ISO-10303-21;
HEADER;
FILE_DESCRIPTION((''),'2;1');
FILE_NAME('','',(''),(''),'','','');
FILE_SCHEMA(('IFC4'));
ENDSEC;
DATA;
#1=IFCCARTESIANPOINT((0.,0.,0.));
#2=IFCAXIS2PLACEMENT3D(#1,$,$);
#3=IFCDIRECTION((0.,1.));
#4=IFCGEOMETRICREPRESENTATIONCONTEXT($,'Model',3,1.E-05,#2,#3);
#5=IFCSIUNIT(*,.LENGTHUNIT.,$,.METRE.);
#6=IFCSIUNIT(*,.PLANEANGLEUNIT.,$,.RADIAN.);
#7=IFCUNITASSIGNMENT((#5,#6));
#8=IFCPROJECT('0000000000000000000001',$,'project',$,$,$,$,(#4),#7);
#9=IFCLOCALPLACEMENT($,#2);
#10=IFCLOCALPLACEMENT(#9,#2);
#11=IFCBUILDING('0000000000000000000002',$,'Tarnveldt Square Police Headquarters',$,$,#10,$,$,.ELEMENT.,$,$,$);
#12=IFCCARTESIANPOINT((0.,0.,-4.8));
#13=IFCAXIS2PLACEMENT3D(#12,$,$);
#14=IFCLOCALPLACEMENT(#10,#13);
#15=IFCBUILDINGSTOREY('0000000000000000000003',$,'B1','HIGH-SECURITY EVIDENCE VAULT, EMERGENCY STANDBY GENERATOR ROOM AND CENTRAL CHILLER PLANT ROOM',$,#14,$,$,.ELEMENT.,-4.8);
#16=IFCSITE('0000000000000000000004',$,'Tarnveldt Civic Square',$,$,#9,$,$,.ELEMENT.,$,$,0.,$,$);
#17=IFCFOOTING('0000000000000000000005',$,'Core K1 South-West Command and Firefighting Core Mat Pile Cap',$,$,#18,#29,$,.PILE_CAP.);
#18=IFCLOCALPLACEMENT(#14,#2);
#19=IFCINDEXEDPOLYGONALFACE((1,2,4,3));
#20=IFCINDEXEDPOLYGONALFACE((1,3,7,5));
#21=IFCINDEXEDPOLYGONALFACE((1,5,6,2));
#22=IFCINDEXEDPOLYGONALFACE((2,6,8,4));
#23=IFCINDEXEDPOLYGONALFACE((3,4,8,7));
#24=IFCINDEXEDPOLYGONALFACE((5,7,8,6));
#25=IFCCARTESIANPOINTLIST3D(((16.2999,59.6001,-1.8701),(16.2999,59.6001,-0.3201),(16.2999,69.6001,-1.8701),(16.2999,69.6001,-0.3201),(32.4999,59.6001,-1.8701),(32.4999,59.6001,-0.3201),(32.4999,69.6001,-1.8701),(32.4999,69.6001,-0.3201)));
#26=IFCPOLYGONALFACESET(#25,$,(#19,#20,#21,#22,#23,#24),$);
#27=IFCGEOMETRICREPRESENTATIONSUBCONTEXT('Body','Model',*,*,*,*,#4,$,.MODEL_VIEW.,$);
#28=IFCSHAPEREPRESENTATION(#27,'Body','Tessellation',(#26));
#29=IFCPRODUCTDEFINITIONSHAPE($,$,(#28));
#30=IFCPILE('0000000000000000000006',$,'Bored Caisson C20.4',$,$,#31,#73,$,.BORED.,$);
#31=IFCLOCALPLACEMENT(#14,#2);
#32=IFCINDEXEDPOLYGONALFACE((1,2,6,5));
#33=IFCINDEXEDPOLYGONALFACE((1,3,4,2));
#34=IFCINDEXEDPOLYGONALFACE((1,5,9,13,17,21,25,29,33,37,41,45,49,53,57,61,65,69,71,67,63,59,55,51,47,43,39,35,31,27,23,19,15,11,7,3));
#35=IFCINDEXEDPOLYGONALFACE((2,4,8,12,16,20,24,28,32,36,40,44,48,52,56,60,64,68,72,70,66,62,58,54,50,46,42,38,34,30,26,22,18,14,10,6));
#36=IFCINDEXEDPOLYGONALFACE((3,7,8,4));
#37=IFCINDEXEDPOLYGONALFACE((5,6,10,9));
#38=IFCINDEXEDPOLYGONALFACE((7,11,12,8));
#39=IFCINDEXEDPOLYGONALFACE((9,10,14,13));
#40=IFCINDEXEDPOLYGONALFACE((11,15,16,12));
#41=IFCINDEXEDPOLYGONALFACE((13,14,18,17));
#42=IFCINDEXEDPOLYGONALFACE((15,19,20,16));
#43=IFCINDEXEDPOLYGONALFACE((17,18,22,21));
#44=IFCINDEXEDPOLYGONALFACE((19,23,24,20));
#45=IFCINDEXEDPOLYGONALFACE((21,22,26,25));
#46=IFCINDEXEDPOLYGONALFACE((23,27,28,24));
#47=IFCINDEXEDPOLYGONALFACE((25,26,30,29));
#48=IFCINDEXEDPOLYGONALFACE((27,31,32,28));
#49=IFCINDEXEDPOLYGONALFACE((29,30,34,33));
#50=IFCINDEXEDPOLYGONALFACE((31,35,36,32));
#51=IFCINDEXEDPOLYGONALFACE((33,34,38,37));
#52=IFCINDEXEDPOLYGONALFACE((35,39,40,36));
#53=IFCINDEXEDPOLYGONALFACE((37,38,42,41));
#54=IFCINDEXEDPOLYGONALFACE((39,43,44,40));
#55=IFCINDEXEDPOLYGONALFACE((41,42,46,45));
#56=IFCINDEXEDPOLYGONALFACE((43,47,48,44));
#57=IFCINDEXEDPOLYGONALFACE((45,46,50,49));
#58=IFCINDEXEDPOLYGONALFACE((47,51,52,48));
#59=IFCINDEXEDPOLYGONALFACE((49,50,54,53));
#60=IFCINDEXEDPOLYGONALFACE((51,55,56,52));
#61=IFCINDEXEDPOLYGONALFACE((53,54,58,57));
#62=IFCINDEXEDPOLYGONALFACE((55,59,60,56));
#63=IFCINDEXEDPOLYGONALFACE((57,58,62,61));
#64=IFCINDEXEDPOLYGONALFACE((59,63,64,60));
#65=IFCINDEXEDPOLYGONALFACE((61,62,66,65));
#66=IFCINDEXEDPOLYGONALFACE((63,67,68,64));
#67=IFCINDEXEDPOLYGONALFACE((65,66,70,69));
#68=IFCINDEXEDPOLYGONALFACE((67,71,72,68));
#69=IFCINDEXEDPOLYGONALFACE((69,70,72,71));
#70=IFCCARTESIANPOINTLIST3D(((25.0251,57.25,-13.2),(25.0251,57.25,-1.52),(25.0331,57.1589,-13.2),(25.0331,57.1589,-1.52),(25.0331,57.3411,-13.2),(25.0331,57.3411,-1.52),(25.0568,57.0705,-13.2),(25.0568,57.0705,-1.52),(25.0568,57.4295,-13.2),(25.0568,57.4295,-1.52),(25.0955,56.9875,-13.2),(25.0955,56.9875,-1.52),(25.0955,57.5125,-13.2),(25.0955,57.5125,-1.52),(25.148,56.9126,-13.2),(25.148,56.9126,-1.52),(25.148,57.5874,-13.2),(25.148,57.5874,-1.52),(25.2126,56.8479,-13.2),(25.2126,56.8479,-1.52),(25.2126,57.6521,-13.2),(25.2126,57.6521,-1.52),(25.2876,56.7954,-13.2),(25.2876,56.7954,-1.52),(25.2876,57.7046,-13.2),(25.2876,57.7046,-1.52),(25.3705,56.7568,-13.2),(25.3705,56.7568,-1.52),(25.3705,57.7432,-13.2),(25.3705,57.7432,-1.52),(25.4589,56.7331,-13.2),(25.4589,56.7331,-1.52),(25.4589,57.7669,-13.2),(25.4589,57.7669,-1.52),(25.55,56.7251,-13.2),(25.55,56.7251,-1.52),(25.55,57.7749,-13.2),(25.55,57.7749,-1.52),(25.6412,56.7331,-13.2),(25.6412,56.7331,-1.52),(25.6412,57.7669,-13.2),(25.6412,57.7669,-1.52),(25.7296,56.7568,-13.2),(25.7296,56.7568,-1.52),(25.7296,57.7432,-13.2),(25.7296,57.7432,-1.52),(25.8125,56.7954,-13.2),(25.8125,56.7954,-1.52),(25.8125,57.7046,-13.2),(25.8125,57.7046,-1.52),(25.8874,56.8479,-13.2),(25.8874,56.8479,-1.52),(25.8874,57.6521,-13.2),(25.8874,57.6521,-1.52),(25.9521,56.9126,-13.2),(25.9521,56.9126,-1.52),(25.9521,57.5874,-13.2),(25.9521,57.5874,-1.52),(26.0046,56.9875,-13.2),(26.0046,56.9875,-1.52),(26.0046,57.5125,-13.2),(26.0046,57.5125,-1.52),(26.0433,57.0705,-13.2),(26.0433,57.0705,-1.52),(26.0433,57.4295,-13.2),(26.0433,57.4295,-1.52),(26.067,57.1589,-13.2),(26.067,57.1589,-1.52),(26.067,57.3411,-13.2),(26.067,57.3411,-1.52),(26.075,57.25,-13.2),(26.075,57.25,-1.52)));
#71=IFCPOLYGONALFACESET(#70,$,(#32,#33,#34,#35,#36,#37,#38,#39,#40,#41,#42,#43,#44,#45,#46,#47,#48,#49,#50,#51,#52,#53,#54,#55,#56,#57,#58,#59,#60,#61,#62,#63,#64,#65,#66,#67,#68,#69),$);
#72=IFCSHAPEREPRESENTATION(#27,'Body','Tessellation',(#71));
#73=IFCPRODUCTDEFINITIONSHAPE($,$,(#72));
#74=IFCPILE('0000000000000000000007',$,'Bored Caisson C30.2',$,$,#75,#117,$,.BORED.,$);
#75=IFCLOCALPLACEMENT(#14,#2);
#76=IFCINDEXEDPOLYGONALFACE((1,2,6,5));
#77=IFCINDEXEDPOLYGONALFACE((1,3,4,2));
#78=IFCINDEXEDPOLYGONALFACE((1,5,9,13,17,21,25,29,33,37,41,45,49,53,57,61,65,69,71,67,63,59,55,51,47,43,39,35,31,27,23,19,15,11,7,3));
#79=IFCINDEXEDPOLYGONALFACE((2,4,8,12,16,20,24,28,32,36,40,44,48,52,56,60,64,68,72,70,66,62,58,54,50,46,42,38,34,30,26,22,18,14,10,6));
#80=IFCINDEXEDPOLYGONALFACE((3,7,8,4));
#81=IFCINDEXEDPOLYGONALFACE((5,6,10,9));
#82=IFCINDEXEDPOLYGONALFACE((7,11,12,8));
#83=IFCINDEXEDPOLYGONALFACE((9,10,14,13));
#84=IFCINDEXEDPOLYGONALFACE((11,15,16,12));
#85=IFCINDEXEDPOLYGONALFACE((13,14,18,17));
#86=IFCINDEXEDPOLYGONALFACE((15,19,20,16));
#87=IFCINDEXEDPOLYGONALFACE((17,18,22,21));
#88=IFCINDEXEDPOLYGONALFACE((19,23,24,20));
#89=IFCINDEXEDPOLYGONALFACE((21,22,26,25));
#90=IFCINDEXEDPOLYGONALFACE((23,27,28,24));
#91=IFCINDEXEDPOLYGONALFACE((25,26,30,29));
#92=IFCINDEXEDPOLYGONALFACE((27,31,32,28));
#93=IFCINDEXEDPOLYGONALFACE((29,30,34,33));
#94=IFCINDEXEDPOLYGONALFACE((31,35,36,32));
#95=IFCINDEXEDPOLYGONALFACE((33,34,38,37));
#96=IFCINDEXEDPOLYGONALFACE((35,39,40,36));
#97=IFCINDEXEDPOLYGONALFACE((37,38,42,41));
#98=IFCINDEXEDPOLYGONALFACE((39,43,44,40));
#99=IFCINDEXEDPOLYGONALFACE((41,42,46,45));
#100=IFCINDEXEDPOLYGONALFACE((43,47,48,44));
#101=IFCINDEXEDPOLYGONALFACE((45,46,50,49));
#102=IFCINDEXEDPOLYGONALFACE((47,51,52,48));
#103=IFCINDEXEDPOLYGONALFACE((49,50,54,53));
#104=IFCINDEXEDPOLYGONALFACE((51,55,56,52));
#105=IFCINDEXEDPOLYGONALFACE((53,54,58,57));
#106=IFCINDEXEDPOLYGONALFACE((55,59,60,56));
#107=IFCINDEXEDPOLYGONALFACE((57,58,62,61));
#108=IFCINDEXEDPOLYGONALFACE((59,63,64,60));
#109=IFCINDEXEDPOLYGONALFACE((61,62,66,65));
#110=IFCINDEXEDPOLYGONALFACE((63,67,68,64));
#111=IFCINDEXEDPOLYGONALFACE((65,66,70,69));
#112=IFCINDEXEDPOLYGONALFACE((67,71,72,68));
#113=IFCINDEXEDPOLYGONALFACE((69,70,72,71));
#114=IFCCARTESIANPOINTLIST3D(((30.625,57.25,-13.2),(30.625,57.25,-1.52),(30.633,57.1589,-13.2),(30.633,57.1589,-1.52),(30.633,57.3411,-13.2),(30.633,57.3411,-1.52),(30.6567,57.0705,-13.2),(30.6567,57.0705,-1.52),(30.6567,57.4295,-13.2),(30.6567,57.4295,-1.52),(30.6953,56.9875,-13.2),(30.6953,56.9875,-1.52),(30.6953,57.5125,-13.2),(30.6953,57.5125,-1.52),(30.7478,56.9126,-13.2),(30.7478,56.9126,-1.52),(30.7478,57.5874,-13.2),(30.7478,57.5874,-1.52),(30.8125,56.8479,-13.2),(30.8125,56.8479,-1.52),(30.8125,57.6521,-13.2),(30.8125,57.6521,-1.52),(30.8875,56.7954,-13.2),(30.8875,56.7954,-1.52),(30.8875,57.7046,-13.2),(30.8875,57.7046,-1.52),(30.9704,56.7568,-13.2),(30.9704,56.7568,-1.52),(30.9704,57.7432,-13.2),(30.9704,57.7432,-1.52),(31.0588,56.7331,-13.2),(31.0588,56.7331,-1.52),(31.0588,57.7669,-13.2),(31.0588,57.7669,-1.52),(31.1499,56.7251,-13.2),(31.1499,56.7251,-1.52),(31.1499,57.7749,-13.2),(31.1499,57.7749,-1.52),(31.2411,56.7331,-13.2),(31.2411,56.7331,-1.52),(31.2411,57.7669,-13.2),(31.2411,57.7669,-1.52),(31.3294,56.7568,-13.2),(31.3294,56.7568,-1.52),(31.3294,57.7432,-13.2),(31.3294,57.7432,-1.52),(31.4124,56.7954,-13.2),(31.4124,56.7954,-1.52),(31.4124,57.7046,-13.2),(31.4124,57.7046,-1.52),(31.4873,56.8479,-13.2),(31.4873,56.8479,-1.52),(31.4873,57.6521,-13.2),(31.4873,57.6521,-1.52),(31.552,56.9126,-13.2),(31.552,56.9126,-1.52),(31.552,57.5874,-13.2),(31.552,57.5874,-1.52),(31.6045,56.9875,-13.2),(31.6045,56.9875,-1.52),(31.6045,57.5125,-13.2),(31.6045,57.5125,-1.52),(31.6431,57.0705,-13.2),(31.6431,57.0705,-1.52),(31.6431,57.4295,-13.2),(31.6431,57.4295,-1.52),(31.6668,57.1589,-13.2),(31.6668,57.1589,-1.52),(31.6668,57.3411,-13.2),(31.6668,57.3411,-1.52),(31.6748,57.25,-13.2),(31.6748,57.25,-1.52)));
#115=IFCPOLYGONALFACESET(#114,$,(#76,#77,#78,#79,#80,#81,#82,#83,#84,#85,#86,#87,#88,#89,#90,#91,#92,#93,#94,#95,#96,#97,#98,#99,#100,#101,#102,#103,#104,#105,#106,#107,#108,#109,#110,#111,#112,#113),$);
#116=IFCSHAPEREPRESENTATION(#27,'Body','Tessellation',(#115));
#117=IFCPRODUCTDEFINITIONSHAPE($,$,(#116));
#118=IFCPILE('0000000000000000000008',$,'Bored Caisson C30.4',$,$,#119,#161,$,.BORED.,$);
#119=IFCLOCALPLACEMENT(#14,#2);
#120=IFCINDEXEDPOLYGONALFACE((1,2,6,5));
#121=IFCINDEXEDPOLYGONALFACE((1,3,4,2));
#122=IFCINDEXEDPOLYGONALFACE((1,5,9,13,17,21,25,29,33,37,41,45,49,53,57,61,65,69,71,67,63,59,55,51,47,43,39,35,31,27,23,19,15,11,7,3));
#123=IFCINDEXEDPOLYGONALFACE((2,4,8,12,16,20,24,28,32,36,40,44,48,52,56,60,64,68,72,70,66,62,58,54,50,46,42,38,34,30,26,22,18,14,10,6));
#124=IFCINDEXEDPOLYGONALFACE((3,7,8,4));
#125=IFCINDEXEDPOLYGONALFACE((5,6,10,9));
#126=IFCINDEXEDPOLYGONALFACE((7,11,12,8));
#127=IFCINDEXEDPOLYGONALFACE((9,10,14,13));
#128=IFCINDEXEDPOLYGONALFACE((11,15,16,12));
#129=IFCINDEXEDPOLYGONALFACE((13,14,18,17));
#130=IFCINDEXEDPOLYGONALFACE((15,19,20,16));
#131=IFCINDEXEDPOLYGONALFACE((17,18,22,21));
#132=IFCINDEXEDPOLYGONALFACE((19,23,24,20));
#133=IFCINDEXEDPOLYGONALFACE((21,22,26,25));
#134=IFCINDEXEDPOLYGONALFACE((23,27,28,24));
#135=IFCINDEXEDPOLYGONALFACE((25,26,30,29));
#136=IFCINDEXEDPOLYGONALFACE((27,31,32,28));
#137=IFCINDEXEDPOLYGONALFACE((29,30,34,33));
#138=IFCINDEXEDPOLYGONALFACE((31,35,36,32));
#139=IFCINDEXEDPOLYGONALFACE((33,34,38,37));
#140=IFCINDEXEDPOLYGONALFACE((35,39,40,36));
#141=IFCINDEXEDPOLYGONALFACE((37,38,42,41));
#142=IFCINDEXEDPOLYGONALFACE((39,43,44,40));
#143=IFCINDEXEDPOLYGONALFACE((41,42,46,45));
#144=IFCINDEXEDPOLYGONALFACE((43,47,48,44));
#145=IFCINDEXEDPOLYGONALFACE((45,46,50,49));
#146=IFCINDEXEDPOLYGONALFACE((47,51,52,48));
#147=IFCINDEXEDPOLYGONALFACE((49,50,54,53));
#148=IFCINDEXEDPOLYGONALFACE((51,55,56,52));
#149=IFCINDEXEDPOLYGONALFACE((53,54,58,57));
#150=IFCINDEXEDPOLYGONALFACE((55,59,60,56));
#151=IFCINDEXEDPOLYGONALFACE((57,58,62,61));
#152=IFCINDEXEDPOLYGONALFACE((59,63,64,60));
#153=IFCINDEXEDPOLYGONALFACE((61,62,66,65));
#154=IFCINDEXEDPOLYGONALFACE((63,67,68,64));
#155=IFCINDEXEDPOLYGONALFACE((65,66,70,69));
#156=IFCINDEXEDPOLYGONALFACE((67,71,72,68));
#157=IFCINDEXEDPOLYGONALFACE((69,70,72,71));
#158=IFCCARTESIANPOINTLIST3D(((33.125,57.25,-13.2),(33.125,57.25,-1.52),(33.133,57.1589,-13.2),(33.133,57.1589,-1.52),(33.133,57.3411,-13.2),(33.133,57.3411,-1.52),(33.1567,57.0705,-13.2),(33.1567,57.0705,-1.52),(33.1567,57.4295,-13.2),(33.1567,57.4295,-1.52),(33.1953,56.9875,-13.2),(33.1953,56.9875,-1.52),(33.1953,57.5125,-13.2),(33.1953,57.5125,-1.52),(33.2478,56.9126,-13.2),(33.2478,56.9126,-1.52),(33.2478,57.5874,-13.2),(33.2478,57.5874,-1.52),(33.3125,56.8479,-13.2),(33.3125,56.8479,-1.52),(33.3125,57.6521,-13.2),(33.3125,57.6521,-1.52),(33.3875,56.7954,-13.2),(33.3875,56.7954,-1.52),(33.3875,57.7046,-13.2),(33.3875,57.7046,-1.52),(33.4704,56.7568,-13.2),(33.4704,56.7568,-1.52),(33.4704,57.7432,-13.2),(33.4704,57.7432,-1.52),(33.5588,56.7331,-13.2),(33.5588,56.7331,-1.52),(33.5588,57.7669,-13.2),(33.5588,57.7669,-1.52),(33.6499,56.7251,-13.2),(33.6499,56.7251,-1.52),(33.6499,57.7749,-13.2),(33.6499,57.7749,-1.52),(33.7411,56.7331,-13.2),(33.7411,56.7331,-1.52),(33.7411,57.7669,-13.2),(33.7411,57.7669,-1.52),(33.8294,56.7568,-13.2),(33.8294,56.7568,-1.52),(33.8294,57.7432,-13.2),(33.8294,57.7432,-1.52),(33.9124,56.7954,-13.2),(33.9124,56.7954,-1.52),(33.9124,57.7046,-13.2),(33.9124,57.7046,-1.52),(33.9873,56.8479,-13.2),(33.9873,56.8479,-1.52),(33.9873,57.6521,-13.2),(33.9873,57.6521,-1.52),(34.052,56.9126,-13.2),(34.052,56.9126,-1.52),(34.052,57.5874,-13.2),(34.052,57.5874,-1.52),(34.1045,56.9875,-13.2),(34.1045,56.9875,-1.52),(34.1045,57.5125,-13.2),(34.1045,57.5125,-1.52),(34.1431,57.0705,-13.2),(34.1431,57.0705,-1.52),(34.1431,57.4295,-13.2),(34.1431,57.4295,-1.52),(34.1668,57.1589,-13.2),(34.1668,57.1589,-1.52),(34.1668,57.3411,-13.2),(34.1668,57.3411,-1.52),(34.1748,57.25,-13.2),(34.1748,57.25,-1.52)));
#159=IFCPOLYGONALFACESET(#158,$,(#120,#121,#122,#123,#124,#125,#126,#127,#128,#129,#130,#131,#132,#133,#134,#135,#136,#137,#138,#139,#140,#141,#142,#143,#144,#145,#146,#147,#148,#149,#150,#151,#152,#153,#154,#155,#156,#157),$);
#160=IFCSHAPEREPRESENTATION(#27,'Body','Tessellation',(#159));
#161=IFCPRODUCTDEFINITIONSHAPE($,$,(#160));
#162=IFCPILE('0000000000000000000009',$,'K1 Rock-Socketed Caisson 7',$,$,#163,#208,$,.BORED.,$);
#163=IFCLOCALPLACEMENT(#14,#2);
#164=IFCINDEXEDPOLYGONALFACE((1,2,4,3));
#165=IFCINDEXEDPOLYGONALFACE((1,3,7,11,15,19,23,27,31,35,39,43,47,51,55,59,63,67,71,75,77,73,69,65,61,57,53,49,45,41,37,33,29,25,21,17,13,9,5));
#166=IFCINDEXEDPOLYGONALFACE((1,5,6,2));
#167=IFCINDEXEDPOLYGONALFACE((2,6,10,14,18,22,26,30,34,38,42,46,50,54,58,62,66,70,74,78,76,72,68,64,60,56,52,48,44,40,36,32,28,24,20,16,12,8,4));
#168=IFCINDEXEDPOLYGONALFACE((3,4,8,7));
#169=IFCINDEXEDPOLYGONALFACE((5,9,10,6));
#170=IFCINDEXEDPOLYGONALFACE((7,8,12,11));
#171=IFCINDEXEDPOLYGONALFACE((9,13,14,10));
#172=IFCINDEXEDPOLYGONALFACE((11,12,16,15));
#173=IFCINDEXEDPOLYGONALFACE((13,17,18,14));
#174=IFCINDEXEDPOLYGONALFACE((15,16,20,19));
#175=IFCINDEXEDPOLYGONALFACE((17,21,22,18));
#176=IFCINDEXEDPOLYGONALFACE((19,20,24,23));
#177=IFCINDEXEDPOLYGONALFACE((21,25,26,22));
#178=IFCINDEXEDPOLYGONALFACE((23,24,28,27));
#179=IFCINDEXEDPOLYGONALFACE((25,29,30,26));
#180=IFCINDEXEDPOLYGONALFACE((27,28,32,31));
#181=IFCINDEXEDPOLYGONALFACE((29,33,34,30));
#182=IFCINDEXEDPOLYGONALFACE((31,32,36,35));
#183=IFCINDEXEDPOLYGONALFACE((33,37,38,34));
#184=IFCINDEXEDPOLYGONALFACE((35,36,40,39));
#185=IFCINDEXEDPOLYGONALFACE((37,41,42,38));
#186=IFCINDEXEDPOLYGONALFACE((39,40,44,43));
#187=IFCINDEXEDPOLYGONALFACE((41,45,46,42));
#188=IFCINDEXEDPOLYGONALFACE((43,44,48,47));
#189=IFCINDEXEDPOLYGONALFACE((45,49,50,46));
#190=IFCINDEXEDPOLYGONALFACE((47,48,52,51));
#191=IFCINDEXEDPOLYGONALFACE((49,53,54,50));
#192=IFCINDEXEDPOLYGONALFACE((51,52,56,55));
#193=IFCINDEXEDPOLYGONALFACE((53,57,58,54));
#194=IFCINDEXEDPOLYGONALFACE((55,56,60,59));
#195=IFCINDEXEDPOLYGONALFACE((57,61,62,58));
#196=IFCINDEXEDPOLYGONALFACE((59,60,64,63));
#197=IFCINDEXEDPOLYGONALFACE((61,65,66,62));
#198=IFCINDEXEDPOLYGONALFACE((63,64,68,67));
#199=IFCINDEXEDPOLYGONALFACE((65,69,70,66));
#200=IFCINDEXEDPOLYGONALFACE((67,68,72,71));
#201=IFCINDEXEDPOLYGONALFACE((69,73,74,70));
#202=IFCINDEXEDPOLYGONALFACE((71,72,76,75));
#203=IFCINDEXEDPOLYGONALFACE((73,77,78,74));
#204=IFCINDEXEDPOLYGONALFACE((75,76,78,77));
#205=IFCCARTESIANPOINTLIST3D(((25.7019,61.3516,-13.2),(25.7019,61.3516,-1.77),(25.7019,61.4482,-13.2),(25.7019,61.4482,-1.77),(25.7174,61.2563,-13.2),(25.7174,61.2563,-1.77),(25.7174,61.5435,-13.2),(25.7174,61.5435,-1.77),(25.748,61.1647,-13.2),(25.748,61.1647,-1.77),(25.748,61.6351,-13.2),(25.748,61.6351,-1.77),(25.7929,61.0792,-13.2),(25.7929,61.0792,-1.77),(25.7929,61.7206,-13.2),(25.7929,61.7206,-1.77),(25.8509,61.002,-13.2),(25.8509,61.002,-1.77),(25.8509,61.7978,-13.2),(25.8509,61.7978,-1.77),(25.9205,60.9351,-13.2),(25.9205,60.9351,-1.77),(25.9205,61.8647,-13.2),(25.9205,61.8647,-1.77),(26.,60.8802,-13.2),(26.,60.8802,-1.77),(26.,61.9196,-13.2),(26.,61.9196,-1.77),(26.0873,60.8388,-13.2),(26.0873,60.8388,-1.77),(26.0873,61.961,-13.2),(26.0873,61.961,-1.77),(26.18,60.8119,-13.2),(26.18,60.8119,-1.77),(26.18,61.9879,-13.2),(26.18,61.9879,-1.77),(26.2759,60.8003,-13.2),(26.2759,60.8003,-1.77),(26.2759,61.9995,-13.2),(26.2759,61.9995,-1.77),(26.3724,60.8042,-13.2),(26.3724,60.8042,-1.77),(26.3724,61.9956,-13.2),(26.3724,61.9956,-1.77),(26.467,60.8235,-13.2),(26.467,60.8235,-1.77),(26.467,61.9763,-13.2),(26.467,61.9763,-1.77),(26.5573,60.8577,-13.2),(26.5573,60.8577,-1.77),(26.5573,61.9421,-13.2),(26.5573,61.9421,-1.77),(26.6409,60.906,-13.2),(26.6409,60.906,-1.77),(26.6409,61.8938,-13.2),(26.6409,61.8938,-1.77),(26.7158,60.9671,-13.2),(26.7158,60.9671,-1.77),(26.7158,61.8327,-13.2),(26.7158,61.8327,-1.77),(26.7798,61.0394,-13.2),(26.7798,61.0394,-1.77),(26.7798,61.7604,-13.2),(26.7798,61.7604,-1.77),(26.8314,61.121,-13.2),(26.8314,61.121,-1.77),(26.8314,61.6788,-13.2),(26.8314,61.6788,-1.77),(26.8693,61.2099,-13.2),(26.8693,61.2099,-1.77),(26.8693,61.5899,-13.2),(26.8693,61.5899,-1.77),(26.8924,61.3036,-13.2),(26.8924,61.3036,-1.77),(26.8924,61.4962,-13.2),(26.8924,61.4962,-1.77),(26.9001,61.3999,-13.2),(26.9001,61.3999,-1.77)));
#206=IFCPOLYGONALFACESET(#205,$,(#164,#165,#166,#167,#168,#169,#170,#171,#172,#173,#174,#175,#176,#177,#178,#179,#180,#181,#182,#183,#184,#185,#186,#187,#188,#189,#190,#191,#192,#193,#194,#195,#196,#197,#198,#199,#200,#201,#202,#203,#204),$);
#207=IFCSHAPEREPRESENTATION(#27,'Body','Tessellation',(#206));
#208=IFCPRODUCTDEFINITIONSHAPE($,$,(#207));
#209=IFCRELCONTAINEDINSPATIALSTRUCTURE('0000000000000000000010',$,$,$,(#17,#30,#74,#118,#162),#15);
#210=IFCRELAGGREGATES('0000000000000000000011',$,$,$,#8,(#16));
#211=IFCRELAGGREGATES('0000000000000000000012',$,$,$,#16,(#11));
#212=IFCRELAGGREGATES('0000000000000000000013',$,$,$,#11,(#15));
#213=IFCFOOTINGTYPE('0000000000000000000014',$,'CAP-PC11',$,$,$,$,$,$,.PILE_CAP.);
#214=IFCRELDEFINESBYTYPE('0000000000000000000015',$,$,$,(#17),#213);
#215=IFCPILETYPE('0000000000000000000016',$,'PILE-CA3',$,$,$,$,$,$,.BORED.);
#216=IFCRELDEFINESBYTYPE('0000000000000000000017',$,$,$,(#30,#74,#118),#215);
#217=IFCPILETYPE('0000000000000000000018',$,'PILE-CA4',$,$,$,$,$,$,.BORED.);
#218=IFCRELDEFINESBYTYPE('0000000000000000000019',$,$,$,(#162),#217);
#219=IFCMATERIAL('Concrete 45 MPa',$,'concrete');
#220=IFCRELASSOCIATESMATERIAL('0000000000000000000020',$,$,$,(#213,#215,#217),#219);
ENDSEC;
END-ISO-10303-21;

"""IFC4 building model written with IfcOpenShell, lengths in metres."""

from ifc_helpers import new_model, si_unit, direction, frame, origin, origin_2d, place, context, subcontext, project, spatial, rectangle, circle, extrude, material, material_profile, profile_set, type_object, element, save


model = new_model("IFC4")

# Units and contexts
model_context = context("Model", 3, precision=1e-05, world=origin(), true_north=direction((0.0, 1.0)))
body_context = subcontext(model_context, "Body", "Model", "MODEL_VIEW")
ifc_project = project(units=[si_unit("LENGTHUNIT", "METRE"), si_unit("PLANEANGLEUNIT", "RADIAN")], contexts=[model_context])

# Site, building, storey
site_placement = place(None, origin())
site = spatial("IfcSite", under=ifc_project, at=site_placement, Name="Tarnveldt Civic Square", CompositionType="ELEMENT", RefElevation=0.0)
building_placement = place(site_placement, origin())
building = spatial("IfcBuilding", under=site, at=building_placement, Name="Tarnveldt Square Police Headquarters", CompositionType="ELEMENT")
storey_placement = place(building_placement, frame((0.0, 0.0, -4.8)))
storey = spatial("IfcBuildingStorey", under=building, at=storey_placement, Name="B1", Description="HIGH-SECURITY EVIDENCE VAULT, EMERGENCY STANDBY GENERATOR ROOM AND CENTRAL CHILLER PLANT ROOM", CompositionType="ELEMENT", Elevation=-4.8)

# Footing
ifc_material_1 = material(Name="Concrete 45 MPa", Category="concrete")
footing_type = type_object("IfcFootingType", Name="CAP-PC11", PredefinedType="PILE_CAP", material=ifc_material_1)
footing_placement = place(storey_placement, frame((24.3999, 64.6001, -1.8701), z_axis=(0.0, 0.0, 1.0), x_axis=(1.0, 0.0, 0.0)))
element("IfcFooting", 1, at=footing_placement, inside=storey, type_object=footing_type, Name="Core K1 South-West Command and Firefighting Core Mat Pile Cap", PredefinedType="PILE_CAP", context=body_context, shape_type="SweptSolid", body=[
    extrude(rectangle(XDim=16.2, YDim=10.0, at=origin_2d()), origin(), (0.0, 0.0, 1.0), 1.55),
])

# Piles
ifc_material_profile_1 = material_profile(ifc_material_1, circle(Radius=0.5249, at=origin_2d()), Name="CAISSON-D1050")
ifc_profile_set_1 = profile_set([ifc_material_profile_1], Name="Concrete 45 MPa")
pile_type_1 = type_object("IfcPileType", Name="PILE-CA3", PredefinedType="BORED", material=ifc_profile_set_1)
for number, where, z_axis, x_axis, name in (
    (2, (25.55, 57.25, -1.52), (0.0, 0.0, -1.0), (1.0, 0.0, 0.0), "Bored Caisson C20.4"),
    (3, (31.1499, 57.25, -1.52), (0.0, 0.0, -1.0), (1.0, 0.0, 0.0), "Bored Caisson C30.2"),
    (4, (33.6499, 57.25, -1.52), (0.0, 0.0, -1.0), (1.0, 0.0, 0.0), "Bored Caisson C30.4"),
):
    element("IfcPile", number, at=place(storey_placement, frame(where, z_axis=z_axis, x_axis=x_axis)), inside=storey, type_object=pile_type_1, Name=name, PredefinedType="BORED", context=body_context, shape_type="SweptSolid", body=[
        extrude(circle(Radius=0.5249, at=origin_2d()), origin(), (0.0, 0.0, 1.0), 11.6799),
    ])
ifc_material_profile_2 = material_profile(ifc_material_1, circle(Radius=0.6001, at=origin_2d()), Name="CAISSON-D1200")
ifc_profile_set_2 = profile_set([ifc_material_profile_2], Name="Concrete 45 MPa")
pile_type_2 = type_object("IfcPileType", Name="PILE-CA4", PredefinedType="BORED", material=ifc_profile_set_2)
for number, where, z_axis, x_axis, name in (
    (5, (26.3, 61.3999, -1.77), (0.0, 0.0, -1.0), (1.0, 0.0, 0.0), "K1 Rock-Socketed Caisson 7"),
):
    element("IfcPile", number, at=place(storey_placement, frame(where, z_axis=z_axis, x_axis=x_axis)), inside=storey, type_object=pile_type_2, Name=name, PredefinedType="BORED", context=body_context, shape_type="SweptSolid", body=[
        extrude(circle(Radius=0.6001, at=origin_2d()), origin(), (0.0, 0.0, 1.0), 11.4299),
    ])

save(model, "model.ifc")
